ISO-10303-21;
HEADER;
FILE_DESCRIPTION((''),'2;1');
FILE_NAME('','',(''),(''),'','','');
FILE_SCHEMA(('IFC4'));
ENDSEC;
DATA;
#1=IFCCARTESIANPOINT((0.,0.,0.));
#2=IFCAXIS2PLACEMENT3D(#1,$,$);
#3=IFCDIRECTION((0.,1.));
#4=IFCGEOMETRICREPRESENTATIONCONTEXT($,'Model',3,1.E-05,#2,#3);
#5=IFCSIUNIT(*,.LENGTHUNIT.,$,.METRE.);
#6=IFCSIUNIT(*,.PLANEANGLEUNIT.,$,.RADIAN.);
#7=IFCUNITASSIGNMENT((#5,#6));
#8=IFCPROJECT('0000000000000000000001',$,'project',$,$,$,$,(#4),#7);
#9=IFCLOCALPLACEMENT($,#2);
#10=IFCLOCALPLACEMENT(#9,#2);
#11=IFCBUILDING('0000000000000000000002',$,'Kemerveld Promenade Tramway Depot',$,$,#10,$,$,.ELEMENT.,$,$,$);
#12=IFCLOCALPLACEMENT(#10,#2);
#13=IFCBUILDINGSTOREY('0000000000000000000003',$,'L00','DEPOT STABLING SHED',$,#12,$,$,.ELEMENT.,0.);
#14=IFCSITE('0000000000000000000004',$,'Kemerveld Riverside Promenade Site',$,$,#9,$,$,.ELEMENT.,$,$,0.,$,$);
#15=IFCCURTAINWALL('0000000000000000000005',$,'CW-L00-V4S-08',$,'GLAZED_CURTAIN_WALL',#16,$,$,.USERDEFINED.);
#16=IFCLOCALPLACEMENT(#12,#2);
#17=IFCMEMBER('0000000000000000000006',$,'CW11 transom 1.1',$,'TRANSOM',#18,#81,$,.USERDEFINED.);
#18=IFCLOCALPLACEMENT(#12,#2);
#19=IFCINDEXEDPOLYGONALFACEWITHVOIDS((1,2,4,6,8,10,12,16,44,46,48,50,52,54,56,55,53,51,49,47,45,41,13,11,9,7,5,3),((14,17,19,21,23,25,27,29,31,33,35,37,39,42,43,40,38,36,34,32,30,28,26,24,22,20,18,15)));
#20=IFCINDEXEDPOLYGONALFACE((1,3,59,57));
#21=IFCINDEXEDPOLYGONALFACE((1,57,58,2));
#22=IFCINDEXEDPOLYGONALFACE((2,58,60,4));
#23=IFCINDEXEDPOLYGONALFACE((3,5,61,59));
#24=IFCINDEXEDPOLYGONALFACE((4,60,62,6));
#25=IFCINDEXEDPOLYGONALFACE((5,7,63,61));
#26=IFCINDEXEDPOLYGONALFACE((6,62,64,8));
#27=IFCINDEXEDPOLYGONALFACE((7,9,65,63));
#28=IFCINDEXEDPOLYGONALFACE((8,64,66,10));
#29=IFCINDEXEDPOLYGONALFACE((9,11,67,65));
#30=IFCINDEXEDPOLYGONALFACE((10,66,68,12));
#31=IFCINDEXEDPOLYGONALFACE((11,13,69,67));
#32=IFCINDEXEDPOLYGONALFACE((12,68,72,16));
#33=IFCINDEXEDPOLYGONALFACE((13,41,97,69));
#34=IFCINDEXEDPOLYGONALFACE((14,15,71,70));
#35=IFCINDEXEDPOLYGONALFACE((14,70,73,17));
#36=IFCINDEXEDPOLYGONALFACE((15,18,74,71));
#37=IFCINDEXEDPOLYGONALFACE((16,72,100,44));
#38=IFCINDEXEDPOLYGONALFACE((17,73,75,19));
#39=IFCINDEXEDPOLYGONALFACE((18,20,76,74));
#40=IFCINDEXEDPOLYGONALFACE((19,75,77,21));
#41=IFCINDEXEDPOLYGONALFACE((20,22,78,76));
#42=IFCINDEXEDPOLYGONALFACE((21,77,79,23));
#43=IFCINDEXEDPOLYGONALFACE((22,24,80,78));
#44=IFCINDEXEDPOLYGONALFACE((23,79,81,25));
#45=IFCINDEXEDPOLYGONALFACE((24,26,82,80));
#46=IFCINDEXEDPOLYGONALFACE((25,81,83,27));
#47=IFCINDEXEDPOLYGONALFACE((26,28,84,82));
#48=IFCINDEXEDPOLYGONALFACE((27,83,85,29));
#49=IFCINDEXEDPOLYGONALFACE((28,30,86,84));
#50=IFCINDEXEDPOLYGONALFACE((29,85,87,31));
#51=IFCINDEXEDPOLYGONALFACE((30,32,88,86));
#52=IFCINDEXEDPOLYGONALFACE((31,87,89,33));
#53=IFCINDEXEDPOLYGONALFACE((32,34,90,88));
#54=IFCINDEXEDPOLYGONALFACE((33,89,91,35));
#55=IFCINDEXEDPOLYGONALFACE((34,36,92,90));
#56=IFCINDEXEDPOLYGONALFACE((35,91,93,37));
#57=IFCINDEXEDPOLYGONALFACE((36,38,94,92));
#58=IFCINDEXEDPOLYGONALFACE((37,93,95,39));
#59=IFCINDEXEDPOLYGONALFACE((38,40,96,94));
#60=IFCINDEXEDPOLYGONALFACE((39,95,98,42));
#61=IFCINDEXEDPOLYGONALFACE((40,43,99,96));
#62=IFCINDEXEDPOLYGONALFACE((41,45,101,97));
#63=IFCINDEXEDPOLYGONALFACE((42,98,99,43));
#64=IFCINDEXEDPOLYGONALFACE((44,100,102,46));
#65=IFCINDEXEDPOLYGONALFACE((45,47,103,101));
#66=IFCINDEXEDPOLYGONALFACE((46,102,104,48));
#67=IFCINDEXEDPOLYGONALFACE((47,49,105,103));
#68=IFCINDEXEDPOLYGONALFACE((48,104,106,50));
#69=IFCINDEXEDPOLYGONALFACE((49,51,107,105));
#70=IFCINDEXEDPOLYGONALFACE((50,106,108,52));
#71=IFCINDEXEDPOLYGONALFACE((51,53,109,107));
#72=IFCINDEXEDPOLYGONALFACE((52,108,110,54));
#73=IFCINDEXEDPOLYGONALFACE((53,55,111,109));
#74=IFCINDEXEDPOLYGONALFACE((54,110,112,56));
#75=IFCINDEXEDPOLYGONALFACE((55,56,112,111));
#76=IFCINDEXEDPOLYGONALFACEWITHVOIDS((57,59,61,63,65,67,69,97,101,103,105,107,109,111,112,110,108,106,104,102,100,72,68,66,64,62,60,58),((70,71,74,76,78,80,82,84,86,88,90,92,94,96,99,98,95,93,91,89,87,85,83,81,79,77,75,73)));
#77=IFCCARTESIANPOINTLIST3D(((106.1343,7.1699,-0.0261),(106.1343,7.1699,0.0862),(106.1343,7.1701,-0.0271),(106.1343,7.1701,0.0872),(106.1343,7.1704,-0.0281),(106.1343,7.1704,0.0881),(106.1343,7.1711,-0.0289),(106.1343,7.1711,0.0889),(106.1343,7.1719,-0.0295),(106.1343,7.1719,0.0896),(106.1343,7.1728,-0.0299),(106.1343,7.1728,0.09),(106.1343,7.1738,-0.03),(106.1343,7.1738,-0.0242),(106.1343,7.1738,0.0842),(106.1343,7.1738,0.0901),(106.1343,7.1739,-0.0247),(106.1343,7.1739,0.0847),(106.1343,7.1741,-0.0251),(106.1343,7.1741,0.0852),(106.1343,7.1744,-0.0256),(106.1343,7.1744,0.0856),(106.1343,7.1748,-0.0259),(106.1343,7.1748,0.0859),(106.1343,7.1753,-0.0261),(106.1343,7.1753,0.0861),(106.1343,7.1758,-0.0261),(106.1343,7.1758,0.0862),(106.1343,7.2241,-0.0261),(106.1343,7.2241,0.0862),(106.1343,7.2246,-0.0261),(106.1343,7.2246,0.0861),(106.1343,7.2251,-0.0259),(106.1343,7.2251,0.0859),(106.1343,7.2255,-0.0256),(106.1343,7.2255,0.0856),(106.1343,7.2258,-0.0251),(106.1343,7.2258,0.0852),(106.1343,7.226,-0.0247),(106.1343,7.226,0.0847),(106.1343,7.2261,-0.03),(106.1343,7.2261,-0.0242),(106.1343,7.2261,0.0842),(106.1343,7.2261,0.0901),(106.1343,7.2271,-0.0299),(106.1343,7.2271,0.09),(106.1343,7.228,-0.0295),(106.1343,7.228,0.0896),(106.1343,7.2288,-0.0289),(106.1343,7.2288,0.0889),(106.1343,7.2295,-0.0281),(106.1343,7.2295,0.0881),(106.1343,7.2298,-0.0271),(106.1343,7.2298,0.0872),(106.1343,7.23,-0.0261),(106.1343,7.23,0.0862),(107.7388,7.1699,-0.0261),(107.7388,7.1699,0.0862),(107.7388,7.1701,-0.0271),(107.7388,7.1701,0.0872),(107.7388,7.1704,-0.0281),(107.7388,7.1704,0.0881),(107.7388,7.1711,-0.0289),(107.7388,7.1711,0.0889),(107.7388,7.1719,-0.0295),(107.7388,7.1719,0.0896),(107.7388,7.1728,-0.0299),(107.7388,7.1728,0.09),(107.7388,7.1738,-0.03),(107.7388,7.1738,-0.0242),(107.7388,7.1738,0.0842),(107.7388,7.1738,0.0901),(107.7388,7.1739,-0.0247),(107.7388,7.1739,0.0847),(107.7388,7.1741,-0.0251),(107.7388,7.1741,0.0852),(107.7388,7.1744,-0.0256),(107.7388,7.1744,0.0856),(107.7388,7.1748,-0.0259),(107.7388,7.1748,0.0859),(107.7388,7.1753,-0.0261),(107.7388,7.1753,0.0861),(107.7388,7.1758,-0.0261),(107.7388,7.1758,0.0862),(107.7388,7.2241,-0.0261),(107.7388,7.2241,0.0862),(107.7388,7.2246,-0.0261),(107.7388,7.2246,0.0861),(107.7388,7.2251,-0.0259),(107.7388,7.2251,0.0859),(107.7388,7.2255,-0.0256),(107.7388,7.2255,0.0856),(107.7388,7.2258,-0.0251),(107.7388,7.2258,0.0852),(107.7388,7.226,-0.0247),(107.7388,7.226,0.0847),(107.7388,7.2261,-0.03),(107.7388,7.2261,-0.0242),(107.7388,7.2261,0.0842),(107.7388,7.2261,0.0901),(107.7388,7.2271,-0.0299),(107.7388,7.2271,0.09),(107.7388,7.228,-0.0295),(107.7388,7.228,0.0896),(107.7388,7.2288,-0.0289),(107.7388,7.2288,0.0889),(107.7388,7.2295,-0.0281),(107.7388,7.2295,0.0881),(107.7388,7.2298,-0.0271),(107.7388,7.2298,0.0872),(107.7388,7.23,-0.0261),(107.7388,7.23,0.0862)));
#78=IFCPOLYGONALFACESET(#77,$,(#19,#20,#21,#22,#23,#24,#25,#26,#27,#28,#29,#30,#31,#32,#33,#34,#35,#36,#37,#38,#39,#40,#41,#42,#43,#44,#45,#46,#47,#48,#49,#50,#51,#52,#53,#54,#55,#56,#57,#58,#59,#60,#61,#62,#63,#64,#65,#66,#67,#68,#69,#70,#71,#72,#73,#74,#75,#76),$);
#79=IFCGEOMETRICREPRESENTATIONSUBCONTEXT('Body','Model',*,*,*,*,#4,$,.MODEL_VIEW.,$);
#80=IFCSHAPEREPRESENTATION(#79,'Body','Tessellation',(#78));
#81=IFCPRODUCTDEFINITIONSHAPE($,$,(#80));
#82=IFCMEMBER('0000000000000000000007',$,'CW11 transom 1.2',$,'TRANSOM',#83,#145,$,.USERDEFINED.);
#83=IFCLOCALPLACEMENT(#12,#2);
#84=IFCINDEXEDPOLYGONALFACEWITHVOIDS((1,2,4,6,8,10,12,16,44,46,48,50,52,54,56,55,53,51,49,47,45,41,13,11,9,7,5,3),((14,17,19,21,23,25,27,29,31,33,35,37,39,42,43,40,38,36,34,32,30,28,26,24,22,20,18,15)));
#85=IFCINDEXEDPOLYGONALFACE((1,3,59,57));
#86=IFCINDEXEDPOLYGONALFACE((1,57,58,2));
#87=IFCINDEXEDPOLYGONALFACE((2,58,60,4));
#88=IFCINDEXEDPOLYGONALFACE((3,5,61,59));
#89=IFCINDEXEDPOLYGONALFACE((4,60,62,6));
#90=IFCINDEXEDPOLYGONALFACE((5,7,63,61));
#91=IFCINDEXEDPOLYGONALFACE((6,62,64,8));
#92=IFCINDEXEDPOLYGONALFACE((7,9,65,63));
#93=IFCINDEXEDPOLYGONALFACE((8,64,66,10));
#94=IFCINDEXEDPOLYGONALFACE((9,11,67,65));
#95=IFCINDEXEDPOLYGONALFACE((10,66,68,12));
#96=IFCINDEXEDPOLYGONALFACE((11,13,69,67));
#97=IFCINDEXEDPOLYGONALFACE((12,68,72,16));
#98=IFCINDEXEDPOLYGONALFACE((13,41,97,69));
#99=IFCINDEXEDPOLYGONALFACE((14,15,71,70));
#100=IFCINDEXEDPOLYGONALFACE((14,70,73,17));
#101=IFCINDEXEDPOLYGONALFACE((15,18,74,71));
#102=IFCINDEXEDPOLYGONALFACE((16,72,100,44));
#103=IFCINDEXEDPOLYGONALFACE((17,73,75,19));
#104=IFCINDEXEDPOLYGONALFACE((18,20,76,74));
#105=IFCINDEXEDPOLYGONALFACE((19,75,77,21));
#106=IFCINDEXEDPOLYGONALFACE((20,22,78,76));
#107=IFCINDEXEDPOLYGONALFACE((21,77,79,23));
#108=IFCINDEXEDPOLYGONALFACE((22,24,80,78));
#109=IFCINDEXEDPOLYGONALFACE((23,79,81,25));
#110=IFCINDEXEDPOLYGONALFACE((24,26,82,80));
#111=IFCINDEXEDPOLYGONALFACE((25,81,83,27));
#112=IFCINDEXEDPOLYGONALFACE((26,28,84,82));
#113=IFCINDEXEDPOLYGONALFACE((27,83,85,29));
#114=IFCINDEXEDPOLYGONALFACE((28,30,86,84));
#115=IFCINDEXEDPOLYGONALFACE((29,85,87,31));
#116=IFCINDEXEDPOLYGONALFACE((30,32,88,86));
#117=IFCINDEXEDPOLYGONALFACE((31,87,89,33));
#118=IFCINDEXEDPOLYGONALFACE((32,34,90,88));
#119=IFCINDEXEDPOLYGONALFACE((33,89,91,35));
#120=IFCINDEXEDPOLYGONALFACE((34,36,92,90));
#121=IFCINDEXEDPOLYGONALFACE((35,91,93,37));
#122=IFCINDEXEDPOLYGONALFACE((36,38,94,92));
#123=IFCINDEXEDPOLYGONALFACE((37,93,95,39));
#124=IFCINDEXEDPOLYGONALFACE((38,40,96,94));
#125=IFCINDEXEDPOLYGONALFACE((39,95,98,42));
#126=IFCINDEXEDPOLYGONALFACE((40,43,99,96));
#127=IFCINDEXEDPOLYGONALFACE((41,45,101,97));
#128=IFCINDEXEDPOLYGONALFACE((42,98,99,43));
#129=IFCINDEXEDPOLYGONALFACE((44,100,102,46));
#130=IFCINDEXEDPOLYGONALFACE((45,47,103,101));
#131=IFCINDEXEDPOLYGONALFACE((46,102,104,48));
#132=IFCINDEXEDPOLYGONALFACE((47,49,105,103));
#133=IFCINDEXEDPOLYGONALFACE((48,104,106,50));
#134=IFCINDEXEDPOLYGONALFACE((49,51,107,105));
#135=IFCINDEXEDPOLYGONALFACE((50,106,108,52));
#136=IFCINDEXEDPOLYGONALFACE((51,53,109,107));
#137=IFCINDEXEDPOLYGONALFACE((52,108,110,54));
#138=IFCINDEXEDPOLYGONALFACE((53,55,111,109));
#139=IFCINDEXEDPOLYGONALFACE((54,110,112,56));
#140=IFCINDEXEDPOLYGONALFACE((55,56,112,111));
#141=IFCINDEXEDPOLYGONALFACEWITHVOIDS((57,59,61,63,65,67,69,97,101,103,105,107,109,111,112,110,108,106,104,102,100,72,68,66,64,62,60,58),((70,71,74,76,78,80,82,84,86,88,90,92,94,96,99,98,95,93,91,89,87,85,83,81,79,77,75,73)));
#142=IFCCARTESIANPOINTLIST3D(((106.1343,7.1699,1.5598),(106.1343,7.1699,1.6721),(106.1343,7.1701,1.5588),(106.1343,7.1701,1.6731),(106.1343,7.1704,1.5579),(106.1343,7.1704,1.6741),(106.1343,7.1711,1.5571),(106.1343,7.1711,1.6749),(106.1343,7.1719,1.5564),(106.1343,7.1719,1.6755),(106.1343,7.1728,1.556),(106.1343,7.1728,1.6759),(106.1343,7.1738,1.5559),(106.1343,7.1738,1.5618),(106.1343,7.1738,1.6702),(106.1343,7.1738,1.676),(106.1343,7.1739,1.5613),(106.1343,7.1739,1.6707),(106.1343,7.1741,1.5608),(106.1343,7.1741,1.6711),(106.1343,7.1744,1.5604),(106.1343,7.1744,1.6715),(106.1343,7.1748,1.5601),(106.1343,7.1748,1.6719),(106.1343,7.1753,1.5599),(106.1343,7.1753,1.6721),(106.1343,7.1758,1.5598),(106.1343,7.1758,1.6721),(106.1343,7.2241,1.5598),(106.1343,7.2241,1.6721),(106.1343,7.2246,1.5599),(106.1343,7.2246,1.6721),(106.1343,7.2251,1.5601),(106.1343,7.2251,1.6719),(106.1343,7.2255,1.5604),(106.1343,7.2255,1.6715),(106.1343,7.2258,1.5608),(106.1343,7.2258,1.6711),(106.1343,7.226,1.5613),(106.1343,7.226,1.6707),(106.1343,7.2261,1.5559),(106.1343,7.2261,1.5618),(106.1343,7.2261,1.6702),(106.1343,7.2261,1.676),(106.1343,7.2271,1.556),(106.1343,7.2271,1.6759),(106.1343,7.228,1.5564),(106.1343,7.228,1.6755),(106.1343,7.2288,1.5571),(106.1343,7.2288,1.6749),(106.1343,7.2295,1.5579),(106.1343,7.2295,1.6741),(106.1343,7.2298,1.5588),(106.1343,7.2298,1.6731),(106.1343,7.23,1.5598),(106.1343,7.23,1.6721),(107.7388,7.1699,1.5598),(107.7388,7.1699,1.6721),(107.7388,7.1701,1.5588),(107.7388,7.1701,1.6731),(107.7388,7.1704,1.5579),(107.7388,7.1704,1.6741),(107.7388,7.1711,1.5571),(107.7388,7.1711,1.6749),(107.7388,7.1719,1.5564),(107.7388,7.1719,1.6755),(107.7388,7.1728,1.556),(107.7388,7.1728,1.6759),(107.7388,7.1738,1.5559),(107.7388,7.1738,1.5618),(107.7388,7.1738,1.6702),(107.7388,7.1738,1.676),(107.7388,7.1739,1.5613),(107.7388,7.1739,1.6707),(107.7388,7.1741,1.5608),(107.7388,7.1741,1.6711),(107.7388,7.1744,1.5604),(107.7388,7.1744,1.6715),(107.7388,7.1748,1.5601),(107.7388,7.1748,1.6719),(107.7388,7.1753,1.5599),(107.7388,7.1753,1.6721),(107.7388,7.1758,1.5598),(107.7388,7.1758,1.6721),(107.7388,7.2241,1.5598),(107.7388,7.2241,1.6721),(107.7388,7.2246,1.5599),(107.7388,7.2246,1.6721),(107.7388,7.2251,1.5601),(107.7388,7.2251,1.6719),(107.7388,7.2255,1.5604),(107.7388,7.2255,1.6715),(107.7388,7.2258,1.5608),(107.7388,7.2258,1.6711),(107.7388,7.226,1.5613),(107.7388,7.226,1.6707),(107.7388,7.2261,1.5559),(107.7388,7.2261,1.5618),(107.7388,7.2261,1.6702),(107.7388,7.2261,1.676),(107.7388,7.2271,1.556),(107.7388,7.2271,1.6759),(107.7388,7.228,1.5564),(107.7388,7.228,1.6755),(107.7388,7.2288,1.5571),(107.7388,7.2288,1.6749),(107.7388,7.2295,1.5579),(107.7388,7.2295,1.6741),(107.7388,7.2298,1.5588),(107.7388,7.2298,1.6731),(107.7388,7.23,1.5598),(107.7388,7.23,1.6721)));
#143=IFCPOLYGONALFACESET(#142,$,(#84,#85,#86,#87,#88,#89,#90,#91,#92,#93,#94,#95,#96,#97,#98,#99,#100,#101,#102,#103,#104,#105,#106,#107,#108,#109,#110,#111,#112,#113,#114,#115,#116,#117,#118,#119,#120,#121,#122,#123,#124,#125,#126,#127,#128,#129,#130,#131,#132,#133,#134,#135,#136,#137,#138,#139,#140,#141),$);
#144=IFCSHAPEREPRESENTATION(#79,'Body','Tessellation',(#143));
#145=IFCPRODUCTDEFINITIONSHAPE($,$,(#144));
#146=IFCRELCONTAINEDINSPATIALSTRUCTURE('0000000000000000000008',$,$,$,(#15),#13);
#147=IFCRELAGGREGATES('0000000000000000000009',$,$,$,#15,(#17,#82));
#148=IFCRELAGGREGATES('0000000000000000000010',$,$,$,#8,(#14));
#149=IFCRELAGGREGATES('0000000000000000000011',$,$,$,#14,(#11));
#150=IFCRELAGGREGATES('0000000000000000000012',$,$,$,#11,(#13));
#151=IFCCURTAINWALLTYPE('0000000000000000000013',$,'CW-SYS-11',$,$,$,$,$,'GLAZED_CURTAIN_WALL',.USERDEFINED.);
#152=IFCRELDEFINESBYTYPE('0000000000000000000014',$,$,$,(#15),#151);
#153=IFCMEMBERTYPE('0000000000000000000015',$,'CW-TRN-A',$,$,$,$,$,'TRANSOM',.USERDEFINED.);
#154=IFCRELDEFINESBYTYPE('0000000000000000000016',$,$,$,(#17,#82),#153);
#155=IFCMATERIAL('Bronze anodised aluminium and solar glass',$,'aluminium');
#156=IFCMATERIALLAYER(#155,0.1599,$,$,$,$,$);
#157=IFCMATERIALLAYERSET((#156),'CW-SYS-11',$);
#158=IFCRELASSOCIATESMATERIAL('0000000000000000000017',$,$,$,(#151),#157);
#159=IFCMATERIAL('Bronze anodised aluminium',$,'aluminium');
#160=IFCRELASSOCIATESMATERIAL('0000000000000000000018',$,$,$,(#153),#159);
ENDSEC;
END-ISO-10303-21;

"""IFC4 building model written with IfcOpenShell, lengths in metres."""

from ifc_helpers import new_model, si_unit, direction, frame, origin, origin_2d, place, context, subcontext, project, spatial, hollow_rectangle, extrude, material, layer, layer_set, material_profile, profile_set, type_object, element, aggregate, save


model = new_model("IFC4")

# Units and contexts
model_context = context("Model", 3, precision=1e-05, world=origin(), true_north=direction((0.0, 1.0)))
body_context = subcontext(model_context, "Body", "Model", "MODEL_VIEW")
ifc_project = project(units=[si_unit("LENGTHUNIT", "METRE"), si_unit("PLANEANGLEUNIT", "RADIAN")], contexts=[model_context])

# Site, building, storey
site_placement = place(None, origin())
site = spatial("IfcSite", under=ifc_project, at=site_placement, Name="Kemerveld Riverside Promenade Site", CompositionType="ELEMENT", RefElevation=0.0)
building_placement = place(site_placement, origin())
building = spatial("IfcBuilding", under=site, at=building_placement, Name="Kemerveld Promenade Tramway Depot", CompositionType="ELEMENT")
storey_placement = place(building_placement, origin())
storey = spatial("IfcBuildingStorey", under=building, at=storey_placement, Name="L00", Description="DEPOT STABLING SHED", CompositionType="ELEMENT", Elevation=0.0)

# Curtain wall, members
ifc_material_1 = material(Name="Bronze anodised aluminium and solar glass", Category="aluminium")
ifc_layer_1 = layer(ifc_material_1, 0.1599)
ifc_layer_set_1 = layer_set([ifc_layer_1], Name="CW-SYS-11")
curtain_wall_type = type_object("IfcCurtainWallType", Name="CW-SYS-11", ElementType="GLAZED_CURTAIN_WALL", PredefinedType="USERDEFINED", material=ifc_layer_set_1)
curtain_wall_placement = place(storey_placement, origin())
curtain_wall = element("IfcCurtainWall", 1, at=curtain_wall_placement, inside=storey, type_object=curtain_wall_type, Name="CW-L00-V4S-08", ObjectType="GLAZED_CURTAIN_WALL", PredefinedType="USERDEFINED")
ifc_material_2 = material(Name="Bronze anodised aluminium", Category="aluminium")
ifc_material_profile_1 = material_profile(ifc_material_2, hollow_rectangle(XDim=0.0601, YDim=0.1201, WallThickness=0.0039, InnerFilletRadius=0.002, OuterFilletRadius=0.0039, at=origin_2d()), Name="CW-TRN-120x60")
ifc_profile_set_1 = profile_set([ifc_material_profile_1], Name="Bronze anodised aluminium")
member_type_1 = type_object("IfcMemberType", Name="CW-TRN-A", ElementType="TRANSOM", PredefinedType="USERDEFINED", material=ifc_profile_set_1)
member_1_placement = place(storey_placement, frame((107.7388, 7.2, 0.03), z_axis=(-1.0, 0.0, 0.0), x_axis=(0.0, -1.0, 0.0)))
member_1 = element("IfcMember", 2, at=member_1_placement, type_object=member_type_1, Name="CW11 transom 1.1", ObjectType="TRANSOM", PredefinedType="USERDEFINED", context=body_context, shape_type="SweptSolid", body=[
    extrude(hollow_rectangle(XDim=0.0601, YDim=0.1201, WallThickness=0.0039, InnerFilletRadius=0.002, OuterFilletRadius=0.0039, at=origin_2d()), origin(), (0.0, 0.0, 1.0), 1.6045),
])
member_2_placement = place(storey_placement, frame((107.7388, 7.2, 1.616), z_axis=(-1.0, 0.0, 0.0), x_axis=(0.0, -1.0, 0.0)))
member_2 = element("IfcMember", 3, at=member_2_placement, type_object=member_type_1, Name="CW11 transom 1.2", ObjectType="TRANSOM", PredefinedType="USERDEFINED", context=body_context, shape_type="SweptSolid", body=[
    extrude(hollow_rectangle(XDim=0.0601, YDim=0.1201, WallThickness=0.0039, InnerFilletRadius=0.002, OuterFilletRadius=0.0039, at=origin_2d()), origin(), (0.0, 0.0, 1.0), 1.6045),
])
aggregate(curtain_wall, [member_1, member_2])

save(model, "model.ifc")
